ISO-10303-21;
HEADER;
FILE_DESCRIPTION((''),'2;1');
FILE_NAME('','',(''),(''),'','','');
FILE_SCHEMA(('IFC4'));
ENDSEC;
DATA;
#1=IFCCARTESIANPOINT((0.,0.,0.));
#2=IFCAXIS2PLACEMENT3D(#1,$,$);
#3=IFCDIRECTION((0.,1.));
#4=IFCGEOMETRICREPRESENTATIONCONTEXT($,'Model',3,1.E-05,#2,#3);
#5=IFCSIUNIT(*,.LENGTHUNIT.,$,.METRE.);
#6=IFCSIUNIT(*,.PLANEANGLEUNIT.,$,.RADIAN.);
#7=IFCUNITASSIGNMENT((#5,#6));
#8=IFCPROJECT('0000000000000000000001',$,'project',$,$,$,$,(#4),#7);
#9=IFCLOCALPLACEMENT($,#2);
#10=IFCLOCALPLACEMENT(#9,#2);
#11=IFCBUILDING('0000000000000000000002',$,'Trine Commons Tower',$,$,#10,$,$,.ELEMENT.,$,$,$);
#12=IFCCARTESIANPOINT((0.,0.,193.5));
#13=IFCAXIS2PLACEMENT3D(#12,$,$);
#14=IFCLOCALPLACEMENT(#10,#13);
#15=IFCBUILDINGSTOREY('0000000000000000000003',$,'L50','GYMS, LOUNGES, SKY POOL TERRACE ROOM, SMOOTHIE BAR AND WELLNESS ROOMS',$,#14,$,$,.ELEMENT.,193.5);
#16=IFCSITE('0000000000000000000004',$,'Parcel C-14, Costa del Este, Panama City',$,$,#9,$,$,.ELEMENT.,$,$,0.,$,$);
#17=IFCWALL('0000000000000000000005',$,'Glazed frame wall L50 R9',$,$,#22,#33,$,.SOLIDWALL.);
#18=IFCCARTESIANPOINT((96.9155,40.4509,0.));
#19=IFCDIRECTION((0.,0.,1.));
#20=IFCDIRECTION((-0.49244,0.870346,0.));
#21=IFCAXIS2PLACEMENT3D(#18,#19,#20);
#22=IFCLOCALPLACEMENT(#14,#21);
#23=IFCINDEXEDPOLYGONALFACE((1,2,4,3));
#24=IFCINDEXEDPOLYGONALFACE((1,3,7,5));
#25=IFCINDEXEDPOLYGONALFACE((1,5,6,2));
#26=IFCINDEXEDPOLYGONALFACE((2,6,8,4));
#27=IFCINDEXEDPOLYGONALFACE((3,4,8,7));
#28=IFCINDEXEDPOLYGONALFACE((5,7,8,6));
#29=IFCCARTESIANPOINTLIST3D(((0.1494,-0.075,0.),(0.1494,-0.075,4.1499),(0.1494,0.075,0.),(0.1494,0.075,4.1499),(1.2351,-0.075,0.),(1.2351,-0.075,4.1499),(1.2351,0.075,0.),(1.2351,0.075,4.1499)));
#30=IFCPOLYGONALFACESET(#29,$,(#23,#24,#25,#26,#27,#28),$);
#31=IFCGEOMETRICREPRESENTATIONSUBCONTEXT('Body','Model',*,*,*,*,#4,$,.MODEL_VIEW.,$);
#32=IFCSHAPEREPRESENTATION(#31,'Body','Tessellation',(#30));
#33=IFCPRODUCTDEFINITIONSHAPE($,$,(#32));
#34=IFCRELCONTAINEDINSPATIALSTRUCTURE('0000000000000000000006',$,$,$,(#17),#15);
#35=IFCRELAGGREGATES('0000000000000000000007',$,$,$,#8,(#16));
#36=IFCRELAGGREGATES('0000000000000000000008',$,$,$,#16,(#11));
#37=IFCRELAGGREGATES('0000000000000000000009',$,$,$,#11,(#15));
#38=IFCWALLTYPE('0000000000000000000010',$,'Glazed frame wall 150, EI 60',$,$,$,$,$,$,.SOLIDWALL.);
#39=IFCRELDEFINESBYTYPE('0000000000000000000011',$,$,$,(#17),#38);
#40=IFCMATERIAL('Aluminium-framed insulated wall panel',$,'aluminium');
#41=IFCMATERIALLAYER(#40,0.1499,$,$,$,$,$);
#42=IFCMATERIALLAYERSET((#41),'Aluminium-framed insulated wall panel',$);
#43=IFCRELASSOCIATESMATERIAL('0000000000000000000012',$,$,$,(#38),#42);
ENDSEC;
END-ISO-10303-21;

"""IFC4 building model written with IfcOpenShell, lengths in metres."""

from ifc_helpers import new_model, si_unit, direction, frame, origin, place, context, subcontext, project, spatial, polyline, outline, extrude, material, layer, layer_set, type_object, element, save


model = new_model("IFC4")

# Units and contexts
model_context = context("Model", 3, precision=1e-05, world=origin(), true_north=direction((0.0, 1.0)))
body_context = subcontext(model_context, "Body", "Model", "MODEL_VIEW")
ifc_project = project(units=[si_unit("LENGTHUNIT", "METRE"), si_unit("PLANEANGLEUNIT", "RADIAN")], contexts=[model_context])

# Site, building, storey
site_placement = place(None, origin())
site = spatial("IfcSite", under=ifc_project, at=site_placement, Name="Parcel C-14, Costa del Este, Panama City", CompositionType="ELEMENT", RefElevation=0.0)
building_placement = place(site_placement, origin())
building = spatial("IfcBuilding", under=site, at=building_placement, Name="Trine Commons Tower", CompositionType="ELEMENT")
storey_placement = place(building_placement, frame((0.0, 0.0, 193.5)))
storey = spatial("IfcBuildingStorey", under=building, at=storey_placement, Name="L50", Description="GYMS, LOUNGES, SKY POOL TERRACE ROOM, SMOOTHIE BAR AND WELLNESS ROOMS", CompositionType="ELEMENT", Elevation=193.5)

# Wall
ifc_material_1 = material(Name="Aluminium-framed insulated wall panel", Category="aluminium")
ifc_layer_1 = layer(ifc_material_1, 0.1499)
ifc_layer_set_1 = layer_set([ifc_layer_1], Name="Aluminium-framed insulated wall panel")
wall_type = type_object("IfcWallType", Name="Glazed frame wall 150, EI 60", PredefinedType="SOLIDWALL", material=ifc_layer_set_1)
wall_placement = place(storey_placement, frame((96.9155, 40.4509, 0.0), z_axis=(0.0, 0.0, 1.0), x_axis=(-0.49244, 0.870346, 0.0)))
element("IfcWall", 1, at=wall_placement, inside=storey, type_object=wall_type, Name="Glazed frame wall L50 R9", PredefinedType="SOLIDWALL", context=body_context, shape_type="SweptSolid", body=[
    extrude(outline(polyline([(0.1494, 0.075), (0.1494, -0.075), (1.2351, -0.075), (1.2351, 0.075), (0.1494, 0.075)])), origin(), (0.0, 0.0, 1.0), 4.1499),
])

save(model, "model.ifc")
